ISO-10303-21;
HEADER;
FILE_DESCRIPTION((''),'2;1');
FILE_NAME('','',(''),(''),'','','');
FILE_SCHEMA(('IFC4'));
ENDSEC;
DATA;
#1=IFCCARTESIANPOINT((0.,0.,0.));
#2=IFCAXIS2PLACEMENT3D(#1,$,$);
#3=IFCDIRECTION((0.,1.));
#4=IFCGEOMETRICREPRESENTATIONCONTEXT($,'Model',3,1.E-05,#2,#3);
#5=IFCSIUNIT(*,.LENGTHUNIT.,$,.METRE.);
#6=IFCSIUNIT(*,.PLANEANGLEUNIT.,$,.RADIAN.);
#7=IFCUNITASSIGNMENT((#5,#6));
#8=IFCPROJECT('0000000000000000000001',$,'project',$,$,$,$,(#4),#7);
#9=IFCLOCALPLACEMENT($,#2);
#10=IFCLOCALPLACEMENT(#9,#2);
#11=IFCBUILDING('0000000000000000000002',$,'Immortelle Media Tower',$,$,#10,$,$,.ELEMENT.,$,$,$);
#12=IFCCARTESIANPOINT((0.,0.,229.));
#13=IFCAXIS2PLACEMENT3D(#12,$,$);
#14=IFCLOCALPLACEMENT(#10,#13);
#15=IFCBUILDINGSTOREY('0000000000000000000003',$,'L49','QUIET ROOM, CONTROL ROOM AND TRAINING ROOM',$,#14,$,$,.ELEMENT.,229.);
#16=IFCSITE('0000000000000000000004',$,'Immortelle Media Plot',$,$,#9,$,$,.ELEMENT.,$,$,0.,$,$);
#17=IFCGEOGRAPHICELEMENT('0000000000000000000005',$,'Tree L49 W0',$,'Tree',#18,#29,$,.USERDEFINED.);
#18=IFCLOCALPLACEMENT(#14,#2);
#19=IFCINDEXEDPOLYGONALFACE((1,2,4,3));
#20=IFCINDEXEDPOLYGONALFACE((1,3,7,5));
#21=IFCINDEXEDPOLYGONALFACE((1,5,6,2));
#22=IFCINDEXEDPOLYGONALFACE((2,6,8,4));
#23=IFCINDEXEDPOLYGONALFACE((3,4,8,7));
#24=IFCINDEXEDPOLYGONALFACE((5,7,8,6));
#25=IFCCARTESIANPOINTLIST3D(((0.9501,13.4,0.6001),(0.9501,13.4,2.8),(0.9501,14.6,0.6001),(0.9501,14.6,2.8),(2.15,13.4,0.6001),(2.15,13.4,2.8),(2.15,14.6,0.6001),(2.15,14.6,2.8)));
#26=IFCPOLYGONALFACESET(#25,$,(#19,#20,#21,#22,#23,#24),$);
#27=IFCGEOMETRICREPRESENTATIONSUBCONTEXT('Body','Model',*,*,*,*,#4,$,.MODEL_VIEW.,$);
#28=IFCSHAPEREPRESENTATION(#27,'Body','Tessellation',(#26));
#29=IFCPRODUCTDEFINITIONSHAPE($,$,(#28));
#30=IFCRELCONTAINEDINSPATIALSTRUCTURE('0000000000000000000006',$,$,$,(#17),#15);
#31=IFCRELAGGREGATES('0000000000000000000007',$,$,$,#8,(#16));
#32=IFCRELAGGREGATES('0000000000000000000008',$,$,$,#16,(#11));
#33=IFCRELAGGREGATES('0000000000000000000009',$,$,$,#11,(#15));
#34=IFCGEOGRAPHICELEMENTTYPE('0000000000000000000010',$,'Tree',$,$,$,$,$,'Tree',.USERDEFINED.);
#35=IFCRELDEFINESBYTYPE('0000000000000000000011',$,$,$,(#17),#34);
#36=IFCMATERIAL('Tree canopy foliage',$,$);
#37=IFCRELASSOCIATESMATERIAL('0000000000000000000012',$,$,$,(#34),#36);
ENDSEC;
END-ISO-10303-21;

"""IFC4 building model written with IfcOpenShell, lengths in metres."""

from ifc_helpers import new_model, si_unit, direction, frame, origin, origin_2d, place, context, subcontext, project, spatial, rectangle, extrude, material, type_object, element, save


model = new_model("IFC4")

# Units and contexts
model_context = context("Model", 3, precision=1e-05, world=origin(), true_north=direction((0.0, 1.0)))
body_context = subcontext(model_context, "Body", "Model", "MODEL_VIEW")
ifc_project = project(units=[si_unit("LENGTHUNIT", "METRE"), si_unit("PLANEANGLEUNIT", "RADIAN")], contexts=[model_context])

# Site, building, storey
site_placement = place(None, origin())
site = spatial("IfcSite", under=ifc_project, at=site_placement, Name="Immortelle Media Plot", CompositionType="ELEMENT", RefElevation=0.0)
building_placement = place(site_placement, origin())
building = spatial("IfcBuilding", under=site, at=building_placement, Name="Immortelle Media Tower", CompositionType="ELEMENT")
storey_placement = place(building_placement, frame((0.0, 0.0, 229.0)))
storey = spatial("IfcBuildingStorey", under=building, at=storey_placement, Name="L49", Description="QUIET ROOM, CONTROL ROOM AND TRAINING ROOM", CompositionType="ELEMENT", Elevation=229.0)

# Geographic element
ifc_material_1 = material(Name="Tree canopy foliage")
geographic_element_type = type_object("IfcGeographicElementType", Name="Tree", ElementType="Tree", PredefinedType="USERDEFINED", material=ifc_material_1)
geographic_element_placement = place(storey_placement, frame((1.55, 14.0, 0.6001), z_axis=(0.0, 0.0, 1.0), x_axis=(1.0, 0.0, 0.0)))
element("IfcGeographicElement", 1, at=geographic_element_placement, inside=storey, type_object=geographic_element_type, Name="Tree L49 W0", ObjectType="Tree", PredefinedType="USERDEFINED", context=body_context, shape_type="SweptSolid", body=[
    extrude(rectangle(XDim=1.2, YDim=1.2, at=origin_2d()), origin(), (0.0, 0.0, 1.0), 2.2),
])

save(model, "model.ifc")
